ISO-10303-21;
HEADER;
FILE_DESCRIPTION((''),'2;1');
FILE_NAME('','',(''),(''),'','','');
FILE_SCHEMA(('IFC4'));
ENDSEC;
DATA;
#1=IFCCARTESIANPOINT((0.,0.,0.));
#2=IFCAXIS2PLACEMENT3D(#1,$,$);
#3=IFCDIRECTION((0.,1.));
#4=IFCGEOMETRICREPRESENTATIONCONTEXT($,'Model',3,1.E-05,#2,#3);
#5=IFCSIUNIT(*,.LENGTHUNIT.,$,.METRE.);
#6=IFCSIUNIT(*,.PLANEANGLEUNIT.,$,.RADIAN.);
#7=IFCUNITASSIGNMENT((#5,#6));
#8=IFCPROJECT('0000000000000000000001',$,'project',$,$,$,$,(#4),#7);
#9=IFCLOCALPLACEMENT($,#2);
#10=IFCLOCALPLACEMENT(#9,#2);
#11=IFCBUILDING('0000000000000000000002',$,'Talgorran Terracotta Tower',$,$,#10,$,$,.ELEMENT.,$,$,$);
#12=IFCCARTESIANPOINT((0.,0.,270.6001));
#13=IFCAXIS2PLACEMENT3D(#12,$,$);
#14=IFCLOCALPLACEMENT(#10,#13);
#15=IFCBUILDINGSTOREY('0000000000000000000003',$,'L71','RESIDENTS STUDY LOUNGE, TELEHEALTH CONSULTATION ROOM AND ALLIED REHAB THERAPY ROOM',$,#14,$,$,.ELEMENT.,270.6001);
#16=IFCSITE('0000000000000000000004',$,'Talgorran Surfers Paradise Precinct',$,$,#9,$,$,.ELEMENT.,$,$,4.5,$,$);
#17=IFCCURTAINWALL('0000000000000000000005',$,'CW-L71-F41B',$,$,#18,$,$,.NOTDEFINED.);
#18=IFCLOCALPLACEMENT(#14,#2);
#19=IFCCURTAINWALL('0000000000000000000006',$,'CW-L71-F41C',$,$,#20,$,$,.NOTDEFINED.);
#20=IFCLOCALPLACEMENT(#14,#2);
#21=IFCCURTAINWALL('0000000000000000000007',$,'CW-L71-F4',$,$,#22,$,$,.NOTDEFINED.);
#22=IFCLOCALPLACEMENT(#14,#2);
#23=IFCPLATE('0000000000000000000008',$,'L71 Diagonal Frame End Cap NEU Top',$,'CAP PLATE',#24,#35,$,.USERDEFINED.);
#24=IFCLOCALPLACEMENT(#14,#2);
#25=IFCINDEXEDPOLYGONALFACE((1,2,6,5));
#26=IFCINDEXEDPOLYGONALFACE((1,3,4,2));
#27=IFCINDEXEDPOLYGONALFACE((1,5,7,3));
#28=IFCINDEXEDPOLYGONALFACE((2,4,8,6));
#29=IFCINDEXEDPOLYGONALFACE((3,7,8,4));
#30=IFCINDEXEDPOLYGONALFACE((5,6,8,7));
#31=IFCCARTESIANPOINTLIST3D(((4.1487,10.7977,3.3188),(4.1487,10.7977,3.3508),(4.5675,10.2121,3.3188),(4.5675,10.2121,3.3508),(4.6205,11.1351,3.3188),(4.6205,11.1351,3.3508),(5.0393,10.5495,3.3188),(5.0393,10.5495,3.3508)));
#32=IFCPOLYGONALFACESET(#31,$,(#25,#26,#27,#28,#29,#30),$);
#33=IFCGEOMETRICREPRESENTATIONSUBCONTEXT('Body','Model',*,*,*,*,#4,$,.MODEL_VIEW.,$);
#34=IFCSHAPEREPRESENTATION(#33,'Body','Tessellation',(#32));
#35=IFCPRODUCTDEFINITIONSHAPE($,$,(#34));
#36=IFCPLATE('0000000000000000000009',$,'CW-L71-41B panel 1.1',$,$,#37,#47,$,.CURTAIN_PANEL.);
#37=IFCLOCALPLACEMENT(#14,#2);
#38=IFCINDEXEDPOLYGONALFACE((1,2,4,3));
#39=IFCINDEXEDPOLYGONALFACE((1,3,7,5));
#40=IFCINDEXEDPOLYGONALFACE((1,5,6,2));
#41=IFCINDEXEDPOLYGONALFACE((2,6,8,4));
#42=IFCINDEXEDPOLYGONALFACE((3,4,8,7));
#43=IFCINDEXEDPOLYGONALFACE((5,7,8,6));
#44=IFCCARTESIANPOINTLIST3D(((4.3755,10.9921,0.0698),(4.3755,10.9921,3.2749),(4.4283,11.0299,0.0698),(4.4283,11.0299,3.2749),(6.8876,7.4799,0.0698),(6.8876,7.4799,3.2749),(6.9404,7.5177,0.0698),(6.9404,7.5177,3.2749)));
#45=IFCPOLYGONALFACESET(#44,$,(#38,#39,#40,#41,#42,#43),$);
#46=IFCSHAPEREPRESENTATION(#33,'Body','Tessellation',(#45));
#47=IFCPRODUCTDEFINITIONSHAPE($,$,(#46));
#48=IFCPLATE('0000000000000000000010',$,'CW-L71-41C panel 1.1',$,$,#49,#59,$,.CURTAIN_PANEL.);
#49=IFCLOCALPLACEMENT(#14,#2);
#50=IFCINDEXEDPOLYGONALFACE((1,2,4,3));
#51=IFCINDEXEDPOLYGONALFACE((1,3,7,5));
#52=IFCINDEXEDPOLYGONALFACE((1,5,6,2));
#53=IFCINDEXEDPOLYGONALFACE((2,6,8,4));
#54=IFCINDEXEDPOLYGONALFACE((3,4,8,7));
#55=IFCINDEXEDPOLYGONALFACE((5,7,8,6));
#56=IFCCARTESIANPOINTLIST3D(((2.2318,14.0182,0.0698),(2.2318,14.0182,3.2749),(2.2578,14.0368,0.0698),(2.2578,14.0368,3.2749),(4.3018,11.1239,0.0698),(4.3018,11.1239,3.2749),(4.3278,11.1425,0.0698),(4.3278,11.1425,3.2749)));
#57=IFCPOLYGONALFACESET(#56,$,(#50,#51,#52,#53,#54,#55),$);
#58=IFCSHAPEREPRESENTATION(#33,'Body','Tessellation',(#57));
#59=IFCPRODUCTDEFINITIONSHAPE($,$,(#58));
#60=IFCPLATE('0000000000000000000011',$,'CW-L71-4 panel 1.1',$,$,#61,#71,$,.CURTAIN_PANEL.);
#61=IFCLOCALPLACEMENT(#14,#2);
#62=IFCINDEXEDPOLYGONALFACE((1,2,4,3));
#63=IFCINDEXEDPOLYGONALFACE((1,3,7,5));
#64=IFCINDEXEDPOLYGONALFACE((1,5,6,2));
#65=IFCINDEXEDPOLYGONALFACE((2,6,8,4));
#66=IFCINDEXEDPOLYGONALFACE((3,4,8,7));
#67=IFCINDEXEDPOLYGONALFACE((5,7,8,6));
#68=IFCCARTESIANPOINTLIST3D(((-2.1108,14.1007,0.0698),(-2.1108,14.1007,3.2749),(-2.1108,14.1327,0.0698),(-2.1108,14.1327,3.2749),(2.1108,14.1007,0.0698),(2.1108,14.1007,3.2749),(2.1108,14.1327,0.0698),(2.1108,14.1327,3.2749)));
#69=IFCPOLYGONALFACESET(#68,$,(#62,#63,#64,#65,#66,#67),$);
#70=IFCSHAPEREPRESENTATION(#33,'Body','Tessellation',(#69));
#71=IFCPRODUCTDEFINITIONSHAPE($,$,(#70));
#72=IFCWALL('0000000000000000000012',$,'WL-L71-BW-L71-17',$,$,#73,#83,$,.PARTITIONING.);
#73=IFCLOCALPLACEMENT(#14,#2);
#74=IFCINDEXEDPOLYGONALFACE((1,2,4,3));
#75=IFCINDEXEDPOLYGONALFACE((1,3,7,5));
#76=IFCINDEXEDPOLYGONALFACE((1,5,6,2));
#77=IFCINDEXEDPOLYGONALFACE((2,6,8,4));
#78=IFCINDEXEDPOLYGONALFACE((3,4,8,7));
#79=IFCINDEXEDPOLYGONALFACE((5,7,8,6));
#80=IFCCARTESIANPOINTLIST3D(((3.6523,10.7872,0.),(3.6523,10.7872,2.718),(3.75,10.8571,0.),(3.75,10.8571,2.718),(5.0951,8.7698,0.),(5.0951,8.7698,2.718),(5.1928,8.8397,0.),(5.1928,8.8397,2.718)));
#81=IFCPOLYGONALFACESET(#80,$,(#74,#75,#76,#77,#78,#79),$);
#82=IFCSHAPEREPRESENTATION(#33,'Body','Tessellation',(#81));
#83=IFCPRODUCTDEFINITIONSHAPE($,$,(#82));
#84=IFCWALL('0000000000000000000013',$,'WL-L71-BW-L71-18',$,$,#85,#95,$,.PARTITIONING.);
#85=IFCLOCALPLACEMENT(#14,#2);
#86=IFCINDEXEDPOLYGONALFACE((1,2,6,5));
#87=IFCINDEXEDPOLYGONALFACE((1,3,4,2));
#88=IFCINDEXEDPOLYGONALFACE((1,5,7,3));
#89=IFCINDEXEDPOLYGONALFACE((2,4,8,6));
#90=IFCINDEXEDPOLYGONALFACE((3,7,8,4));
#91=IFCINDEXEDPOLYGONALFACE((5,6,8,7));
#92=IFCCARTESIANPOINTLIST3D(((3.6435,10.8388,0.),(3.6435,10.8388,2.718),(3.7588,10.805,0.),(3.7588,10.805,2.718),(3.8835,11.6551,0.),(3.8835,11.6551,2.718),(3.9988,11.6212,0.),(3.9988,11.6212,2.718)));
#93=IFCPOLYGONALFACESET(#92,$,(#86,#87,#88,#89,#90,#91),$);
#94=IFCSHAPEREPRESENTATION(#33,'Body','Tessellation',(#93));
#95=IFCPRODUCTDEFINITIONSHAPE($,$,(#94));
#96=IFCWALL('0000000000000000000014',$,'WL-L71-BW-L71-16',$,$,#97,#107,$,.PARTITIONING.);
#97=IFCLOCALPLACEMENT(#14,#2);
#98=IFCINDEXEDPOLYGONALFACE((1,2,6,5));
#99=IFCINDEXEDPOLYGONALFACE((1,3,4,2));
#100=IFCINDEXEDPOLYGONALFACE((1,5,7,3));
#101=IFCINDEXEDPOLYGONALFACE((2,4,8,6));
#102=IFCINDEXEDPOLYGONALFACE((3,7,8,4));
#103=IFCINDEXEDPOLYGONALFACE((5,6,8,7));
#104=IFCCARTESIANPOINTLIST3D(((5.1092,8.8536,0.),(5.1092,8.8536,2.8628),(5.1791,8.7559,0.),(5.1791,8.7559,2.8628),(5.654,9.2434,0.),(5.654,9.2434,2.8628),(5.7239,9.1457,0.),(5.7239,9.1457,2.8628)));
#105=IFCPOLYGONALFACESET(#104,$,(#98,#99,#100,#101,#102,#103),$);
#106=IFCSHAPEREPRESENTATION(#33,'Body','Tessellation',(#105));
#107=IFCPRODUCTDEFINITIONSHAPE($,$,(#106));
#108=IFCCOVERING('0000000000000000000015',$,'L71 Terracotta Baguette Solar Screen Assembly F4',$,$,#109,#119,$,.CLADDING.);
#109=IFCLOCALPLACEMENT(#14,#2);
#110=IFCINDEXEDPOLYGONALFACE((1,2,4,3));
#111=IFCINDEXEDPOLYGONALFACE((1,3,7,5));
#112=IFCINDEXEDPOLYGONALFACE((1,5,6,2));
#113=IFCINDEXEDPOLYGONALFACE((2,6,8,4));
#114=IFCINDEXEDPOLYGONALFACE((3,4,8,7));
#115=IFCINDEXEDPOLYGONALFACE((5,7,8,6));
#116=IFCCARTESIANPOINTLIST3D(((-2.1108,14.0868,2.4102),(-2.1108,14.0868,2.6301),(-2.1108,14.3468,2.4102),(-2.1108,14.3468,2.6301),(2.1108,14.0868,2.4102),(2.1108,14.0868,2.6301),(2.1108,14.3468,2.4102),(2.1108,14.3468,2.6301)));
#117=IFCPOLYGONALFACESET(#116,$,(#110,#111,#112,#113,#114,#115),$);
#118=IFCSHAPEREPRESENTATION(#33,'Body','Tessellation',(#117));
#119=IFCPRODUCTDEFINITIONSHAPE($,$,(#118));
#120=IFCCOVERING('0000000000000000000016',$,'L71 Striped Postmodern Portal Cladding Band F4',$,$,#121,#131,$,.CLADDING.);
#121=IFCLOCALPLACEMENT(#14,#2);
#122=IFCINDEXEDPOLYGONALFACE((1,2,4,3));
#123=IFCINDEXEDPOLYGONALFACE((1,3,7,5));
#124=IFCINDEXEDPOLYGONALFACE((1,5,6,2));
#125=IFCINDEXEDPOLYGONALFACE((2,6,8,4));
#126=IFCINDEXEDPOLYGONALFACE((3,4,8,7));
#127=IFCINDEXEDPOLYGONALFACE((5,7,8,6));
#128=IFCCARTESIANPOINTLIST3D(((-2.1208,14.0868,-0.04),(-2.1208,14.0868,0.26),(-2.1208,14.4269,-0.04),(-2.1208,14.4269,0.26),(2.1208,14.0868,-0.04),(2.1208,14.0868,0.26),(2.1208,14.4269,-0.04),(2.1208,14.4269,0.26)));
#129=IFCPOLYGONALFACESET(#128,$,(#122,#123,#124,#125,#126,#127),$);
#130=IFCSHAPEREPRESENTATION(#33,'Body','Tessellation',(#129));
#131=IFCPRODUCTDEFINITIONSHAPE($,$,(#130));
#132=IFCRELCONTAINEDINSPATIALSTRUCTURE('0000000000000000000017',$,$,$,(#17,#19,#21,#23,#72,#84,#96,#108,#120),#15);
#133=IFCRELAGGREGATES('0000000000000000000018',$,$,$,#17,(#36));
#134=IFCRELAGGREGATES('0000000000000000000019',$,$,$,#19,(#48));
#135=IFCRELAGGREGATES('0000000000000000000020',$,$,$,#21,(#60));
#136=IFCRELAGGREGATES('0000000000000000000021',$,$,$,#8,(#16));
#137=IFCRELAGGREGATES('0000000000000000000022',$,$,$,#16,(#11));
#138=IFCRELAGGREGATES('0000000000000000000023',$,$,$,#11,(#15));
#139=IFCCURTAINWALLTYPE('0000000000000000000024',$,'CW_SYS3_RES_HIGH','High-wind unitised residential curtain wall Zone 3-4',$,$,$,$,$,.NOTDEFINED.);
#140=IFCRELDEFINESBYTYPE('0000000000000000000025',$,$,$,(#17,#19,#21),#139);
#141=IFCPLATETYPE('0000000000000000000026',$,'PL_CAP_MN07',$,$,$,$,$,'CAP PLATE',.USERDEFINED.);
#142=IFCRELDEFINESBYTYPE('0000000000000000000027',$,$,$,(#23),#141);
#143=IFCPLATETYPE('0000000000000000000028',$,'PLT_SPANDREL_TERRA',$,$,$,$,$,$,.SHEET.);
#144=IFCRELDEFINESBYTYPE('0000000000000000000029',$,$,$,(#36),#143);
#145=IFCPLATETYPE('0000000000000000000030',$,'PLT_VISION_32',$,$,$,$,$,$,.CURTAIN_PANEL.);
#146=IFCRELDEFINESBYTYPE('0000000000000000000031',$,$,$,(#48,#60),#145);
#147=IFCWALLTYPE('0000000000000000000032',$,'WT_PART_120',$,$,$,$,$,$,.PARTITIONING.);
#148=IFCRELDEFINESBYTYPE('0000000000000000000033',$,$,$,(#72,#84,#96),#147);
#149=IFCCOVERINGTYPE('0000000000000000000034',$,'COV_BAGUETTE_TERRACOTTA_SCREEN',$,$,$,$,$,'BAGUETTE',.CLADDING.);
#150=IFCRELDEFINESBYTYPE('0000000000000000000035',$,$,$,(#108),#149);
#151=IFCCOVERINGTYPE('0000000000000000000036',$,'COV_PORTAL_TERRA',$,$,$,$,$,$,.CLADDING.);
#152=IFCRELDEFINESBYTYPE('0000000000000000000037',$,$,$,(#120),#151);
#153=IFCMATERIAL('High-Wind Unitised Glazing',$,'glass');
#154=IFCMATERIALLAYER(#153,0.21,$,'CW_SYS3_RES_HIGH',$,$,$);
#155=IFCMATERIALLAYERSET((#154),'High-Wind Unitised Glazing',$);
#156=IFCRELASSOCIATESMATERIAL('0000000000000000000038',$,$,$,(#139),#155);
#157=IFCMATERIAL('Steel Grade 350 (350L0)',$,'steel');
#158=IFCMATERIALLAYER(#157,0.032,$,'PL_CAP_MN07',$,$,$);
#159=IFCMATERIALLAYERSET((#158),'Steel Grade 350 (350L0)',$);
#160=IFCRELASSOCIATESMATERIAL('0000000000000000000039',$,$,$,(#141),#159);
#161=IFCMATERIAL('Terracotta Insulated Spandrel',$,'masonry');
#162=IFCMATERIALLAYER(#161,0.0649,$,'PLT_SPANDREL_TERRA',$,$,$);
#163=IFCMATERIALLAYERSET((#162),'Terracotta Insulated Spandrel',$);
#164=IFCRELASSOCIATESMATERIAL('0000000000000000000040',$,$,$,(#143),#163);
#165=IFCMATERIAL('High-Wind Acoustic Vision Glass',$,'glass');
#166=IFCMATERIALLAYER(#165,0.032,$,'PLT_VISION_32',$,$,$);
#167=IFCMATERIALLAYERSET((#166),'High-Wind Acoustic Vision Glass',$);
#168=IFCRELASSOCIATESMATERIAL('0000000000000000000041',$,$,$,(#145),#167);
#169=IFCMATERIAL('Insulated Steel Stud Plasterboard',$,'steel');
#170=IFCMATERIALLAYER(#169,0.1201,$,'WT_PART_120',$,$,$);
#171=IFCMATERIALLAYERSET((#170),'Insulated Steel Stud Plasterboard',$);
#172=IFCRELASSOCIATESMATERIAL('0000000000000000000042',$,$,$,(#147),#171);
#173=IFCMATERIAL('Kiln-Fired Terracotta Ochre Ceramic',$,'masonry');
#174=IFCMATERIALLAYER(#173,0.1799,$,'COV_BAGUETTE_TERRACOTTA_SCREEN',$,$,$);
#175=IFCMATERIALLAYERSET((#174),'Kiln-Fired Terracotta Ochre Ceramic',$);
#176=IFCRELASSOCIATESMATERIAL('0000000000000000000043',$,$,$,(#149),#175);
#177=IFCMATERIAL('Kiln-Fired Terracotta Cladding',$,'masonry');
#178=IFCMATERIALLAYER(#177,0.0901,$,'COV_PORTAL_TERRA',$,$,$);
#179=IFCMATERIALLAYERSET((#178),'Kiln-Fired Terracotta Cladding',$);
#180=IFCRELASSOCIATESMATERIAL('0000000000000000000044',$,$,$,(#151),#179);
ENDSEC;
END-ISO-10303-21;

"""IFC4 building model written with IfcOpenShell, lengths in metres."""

from ifc_helpers import new_model, si_unit, direction, frame, frame_2d, origin, origin_2d, place, context, subcontext, project, spatial, rectangle, extrude, source, transform, mapped, material, layer, layer_set, type_object, type_shapes, element, aggregate, save


model = new_model("IFC4")

# Units and contexts
model_context = context("Model", 3, precision=1e-05, world=origin(), true_north=direction((0.0, 1.0)))
body_context = subcontext(model_context, "Body", "Model", "MODEL_VIEW")
ifc_project = project(units=[si_unit("LENGTHUNIT", "METRE"), si_unit("PLANEANGLEUNIT", "RADIAN")], contexts=[model_context])

# Site, building, storey
site_placement = place(None, origin())
site = spatial("IfcSite", under=ifc_project, at=site_placement, Name="Talgorran Surfers Paradise Precinct", CompositionType="ELEMENT", RefElevation=4.5)
building_placement = place(site_placement, origin())
building = spatial("IfcBuilding", under=site, at=building_placement, Name="Talgorran Terracotta Tower", CompositionType="ELEMENT")
storey_placement = place(building_placement, frame((0.0, 0.0, 270.6001)))
storey = spatial("IfcBuildingStorey", under=building, at=storey_placement, Name="L71", Description="RESIDENTS STUDY LOUNGE, TELEHEALTH CONSULTATION ROOM AND ALLIED REHAB THERAPY ROOM", CompositionType="ELEMENT", Elevation=270.6001)

# Shared definitions
ifc_material_1 = material(Name="Steel Grade 350 (350L0)", Category="steel")

# Curtain wall
ifc_material_2 = material(Name="High-Wind Unitised Glazing", Category="glass")
ifc_layer_1 = layer(ifc_material_2, 0.21, Name="CW_SYS3_RES_HIGH")
ifc_layer_set_1 = layer_set([ifc_layer_1], Name="High-Wind Unitised Glazing")
curtain_wall_type = type_object("IfcCurtainWallType", Name="CW_SYS3_RES_HIGH", Description="High-wind unitised residential curtain wall Zone 3-4", PredefinedType="NOTDEFINED", material=ifc_layer_set_1)
curtain_wall_1_placement = place(storey_placement, origin())
curtain_wall_1 = element("IfcCurtainWall", 1, at=curtain_wall_1_placement, inside=storey, type_object=curtain_wall_type, Name="CW-L71-F41B", PredefinedType="NOTDEFINED")

# Curtain wall
curtain_wall_2_placement = place(storey_placement, origin())
curtain_wall_2 = element("IfcCurtainWall", 2, at=curtain_wall_2_placement, inside=storey, type_object=curtain_wall_type, Name="CW-L71-F41C", PredefinedType="NOTDEFINED")

# Curtain wall
curtain_wall_3_placement = place(storey_placement, origin())
curtain_wall_3 = element("IfcCurtainWall", 3, at=curtain_wall_3_placement, inside=storey, type_object=curtain_wall_type, Name="CW-L71-F4", PredefinedType="NOTDEFINED")

# Plate
ifc_layer_2 = layer(ifc_material_1, 0.032, Name="PL_CAP_MN07")
ifc_layer_set_2 = layer_set([ifc_layer_2], Name="Steel Grade 350 (350L0)")
plate_type_1 = type_object("IfcPlateType", Name="PL_CAP_MN07", ElementType="CAP PLATE", PredefinedType="USERDEFINED", material=ifc_layer_set_2)
for number, where, z_axis, x_axis, name in (
    (4, (4.594, 10.6736, 3.3188), (0.0, 0.0, 1.0), (-0.581697, 0.813405, 0.0), "L71 Diagonal Frame End Cap NEU Top"),
):
    element("IfcPlate", number, at=place(storey_placement, frame(where, z_axis=z_axis, x_axis=x_axis)), inside=storey, type_object=plate_type_1, Name=name, ObjectType="CAP PLATE", PredefinedType="USERDEFINED", context=body_context, shape_type="SweptSolid", body=[
        extrude(rectangle(XDim=0.72, YDim=0.5801, at=origin_2d()), origin(), (0.0, 0.0, 1.0), 0.032),
    ])

# Plates
ifc_material_3 = material(Name="Terracotta Insulated Spandrel", Category="masonry")
ifc_layer_3 = layer(ifc_material_3, 0.0649, Name="PLT_SPANDREL_TERRA")
ifc_layer_set_3 = layer_set([ifc_layer_3], Name="Terracotta Insulated Spandrel")
plate_type_2 = type_object("IfcPlateType", Name="PLT_SPANDREL_TERRA", PredefinedType="SHEET", material=ifc_layer_set_3)
shared_shape_1 = source(origin(), body_context, "Body", "SweptSolid", [
    extrude(rectangle(XDim=4.3181, YDim=0.0649, at=origin_2d()), origin(), (0.0, 0.0, 1.0), 3.2051),
])
type_shapes(plate_type_2, [shared_shape_1])
plate_1_placement = place(storey_placement, frame((5.658, 9.2549, 0.0698), z_axis=(0.0, 0.0, 1.0), x_axis=(-0.581747, 0.81337, 0.0)))
plate_1 = element("IfcPlate", 5, at=plate_1_placement, type_object=plate_type_2, Name="CW-L71-41B panel 1.1", PredefinedType="CURTAIN_PANEL", context=body_context, shape_type="MappedRepresentation", body=[
    mapped(shared_shape_1, transform((0.0, 0.0, 0.0), scale=1.0)),
])
aggregate(curtain_wall_1, [plate_1])
ifc_material_4 = material(Name="High-Wind Acoustic Vision Glass", Category="glass")
ifc_layer_4 = layer(ifc_material_4, 0.032, Name="PLT_VISION_32")
ifc_layer_set_4 = layer_set([ifc_layer_4], Name="High-Wind Acoustic Vision Glass")
plate_type_3 = type_object("IfcPlateType", Name="PLT_VISION_32", PredefinedType="CURTAIN_PANEL", material=ifc_layer_set_4)
shared_shape_2 = source(origin(), body_context, "Body", "SweptSolid", [
    extrude(rectangle(XDim=3.5583, YDim=0.032, at=origin_2d()), origin(), (0.0, 0.0, 1.0), 3.2051),
])
plate_2_placement = place(storey_placement, frame((3.2798, 12.5803, 0.0698), z_axis=(0.0, 0.0, 1.0), x_axis=(-0.581732, 0.813381, 0.0)))
plate_2 = element("IfcPlate", 6, at=plate_2_placement, type_object=plate_type_3, Name="CW-L71-41C panel 1.1", PredefinedType="CURTAIN_PANEL", context=body_context, shape_type="MappedRepresentation", body=[
    mapped(shared_shape_2, transform((0.0, 0.0, 0.0), scale=1.0)),
])
aggregate(curtain_wall_2, [plate_2])
shared_shape_3 = source(origin(), body_context, "Body", "SweptSolid", [
    extrude(rectangle(XDim=4.2217, YDim=0.032, at=origin_2d()), origin(), (0.0, 0.0, 1.0), 3.2051),
])
type_shapes(plate_type_3, [shared_shape_2, shared_shape_3])
plate_3_placement = place(storey_placement, frame((0.0, 14.1167, 0.0698), z_axis=(0.0, 0.0, 1.0), x_axis=(-1.0, 0.0, 0.0)))
plate_3 = element("IfcPlate", 7, at=plate_3_placement, type_object=plate_type_3, Name="CW-L71-4 panel 1.1", PredefinedType="CURTAIN_PANEL", context=body_context, shape_type="MappedRepresentation", body=[
    mapped(shared_shape_3, transform((0.0, 0.0, 0.0), scale=1.0)),
])
aggregate(curtain_wall_3, [plate_3])

# Walls
ifc_material_5 = material(Name="Insulated Steel Stud Plasterboard", Category="steel")
ifc_layer_5 = layer(ifc_material_5, 0.1201, Name="WT_PART_120")
ifc_layer_set_5 = layer_set([ifc_layer_5], Name="Insulated Steel Stud Plasterboard")
wall_type = type_object("IfcWallType", Name="WT_PART_120", PredefinedType="PARTITIONING", material=ifc_layer_set_5)
wall_1_placement = place(storey_placement, frame((5.144, 8.8047, 0.0), z_axis=(0.0, 0.0, 1.0), x_axis=(-0.58175, 0.813368, 0.0)))
element("IfcWall", 8, at=wall_1_placement, inside=storey, type_object=wall_type, Name="WL-L71-BW-L71-17", PredefinedType="PARTITIONING", context=body_context, shape_type="SweptSolid", body=[
    extrude(rectangle(XDim=2.4802, YDim=0.1201, at=frame_2d((1.2402, 0.0))), origin(), (0.0, 0.0, 1.0), 2.718),
])
wall_2_placement = place(storey_placement, frame((3.7012, 10.822, 0.0), z_axis=(0.0, 0.0, 1.0), x_axis=(0.282104, 0.959384, 0.0)))
element("IfcWall", 9, at=wall_2_placement, inside=storey, type_object=wall_type, Name="WL-L71-BW-L71-18", PredefinedType="PARTITIONING", context=body_context, shape_type="SweptSolid", body=[
    extrude(rectangle(XDim=0.8508, YDim=0.1201, at=frame_2d((0.4253, 0.0))), origin(), (0.0, 0.0, 1.0), 2.718),
])
wall_3_placement = place(storey_placement, frame((5.689, 9.1946, 0.0), z_axis=(0.0, 0.0, 1.0), x_axis=(-0.813265, -0.581893, 0.0)))
element("IfcWall", 10, at=wall_3_placement, inside=storey, type_object=wall_type, Name="WL-L71-BW-L71-16", PredefinedType="PARTITIONING", context=body_context, shape_type="SweptSolid", body=[
    extrude(rectangle(XDim=0.6699, YDim=0.1201, at=frame_2d((0.335, 0.0))), origin(), (0.0, 0.0, 1.0), 2.8628),
])

# Coverings
ifc_material_6 = material(Name="Kiln-Fired Terracotta Ochre Ceramic", Category="masonry")
ifc_layer_6 = layer(ifc_material_6, 0.1799, Name="COV_BAGUETTE_TERRACOTTA_SCREEN")
ifc_layer_set_6 = layer_set([ifc_layer_6], Name="Kiln-Fired Terracotta Ochre Ceramic")
covering_type_1 = type_object("IfcCoveringType", Name="COV_BAGUETTE_TERRACOTTA_SCREEN", ElementType="BAGUETTE", PredefinedType="CLADDING", material=ifc_layer_set_6)
covering_1_placement = place(storey_placement, frame((0.0, 14.2168, 2.4102), z_axis=(0.0, 0.0, 1.0), x_axis=(-1.0, 0.0, 0.0)))
element("IfcCovering", 11, at=covering_1_placement, inside=storey, type_object=covering_type_1, Name="L71 Terracotta Baguette Solar Screen Assembly F4", PredefinedType="CLADDING", context=body_context, shape_type="SweptSolid", body=[
    extrude(rectangle(XDim=4.2217, YDim=0.26, at=origin_2d()), origin(), (0.0, 0.0, 1.0), 0.22),
])
ifc_material_7 = material(Name="Kiln-Fired Terracotta Cladding", Category="masonry")
ifc_layer_7 = layer(ifc_material_7, 0.0901, Name="COV_PORTAL_TERRA")
ifc_layer_set_7 = layer_set([ifc_layer_7], Name="Kiln-Fired Terracotta Cladding")
covering_type_2 = type_object("IfcCoveringType", Name="COV_PORTAL_TERRA", PredefinedType="CLADDING", material=ifc_layer_set_7)
covering_2_placement = place(storey_placement, frame((0.0, 14.2568, -0.04), z_axis=(0.0, 0.0, 1.0), x_axis=(-1.0, 0.0, 0.0)))
element("IfcCovering", 12, at=covering_2_placement, inside=storey, type_object=covering_type_2, Name="L71 Striped Postmodern Portal Cladding Band F4", PredefinedType="CLADDING", context=body_context, shape_type="SweptSolid", body=[
    extrude(rectangle(XDim=4.2417, YDim=0.3401, at=origin_2d()), origin(), (0.0, 0.0, 1.0), 0.3),
])

save(model, "model.ifc")
